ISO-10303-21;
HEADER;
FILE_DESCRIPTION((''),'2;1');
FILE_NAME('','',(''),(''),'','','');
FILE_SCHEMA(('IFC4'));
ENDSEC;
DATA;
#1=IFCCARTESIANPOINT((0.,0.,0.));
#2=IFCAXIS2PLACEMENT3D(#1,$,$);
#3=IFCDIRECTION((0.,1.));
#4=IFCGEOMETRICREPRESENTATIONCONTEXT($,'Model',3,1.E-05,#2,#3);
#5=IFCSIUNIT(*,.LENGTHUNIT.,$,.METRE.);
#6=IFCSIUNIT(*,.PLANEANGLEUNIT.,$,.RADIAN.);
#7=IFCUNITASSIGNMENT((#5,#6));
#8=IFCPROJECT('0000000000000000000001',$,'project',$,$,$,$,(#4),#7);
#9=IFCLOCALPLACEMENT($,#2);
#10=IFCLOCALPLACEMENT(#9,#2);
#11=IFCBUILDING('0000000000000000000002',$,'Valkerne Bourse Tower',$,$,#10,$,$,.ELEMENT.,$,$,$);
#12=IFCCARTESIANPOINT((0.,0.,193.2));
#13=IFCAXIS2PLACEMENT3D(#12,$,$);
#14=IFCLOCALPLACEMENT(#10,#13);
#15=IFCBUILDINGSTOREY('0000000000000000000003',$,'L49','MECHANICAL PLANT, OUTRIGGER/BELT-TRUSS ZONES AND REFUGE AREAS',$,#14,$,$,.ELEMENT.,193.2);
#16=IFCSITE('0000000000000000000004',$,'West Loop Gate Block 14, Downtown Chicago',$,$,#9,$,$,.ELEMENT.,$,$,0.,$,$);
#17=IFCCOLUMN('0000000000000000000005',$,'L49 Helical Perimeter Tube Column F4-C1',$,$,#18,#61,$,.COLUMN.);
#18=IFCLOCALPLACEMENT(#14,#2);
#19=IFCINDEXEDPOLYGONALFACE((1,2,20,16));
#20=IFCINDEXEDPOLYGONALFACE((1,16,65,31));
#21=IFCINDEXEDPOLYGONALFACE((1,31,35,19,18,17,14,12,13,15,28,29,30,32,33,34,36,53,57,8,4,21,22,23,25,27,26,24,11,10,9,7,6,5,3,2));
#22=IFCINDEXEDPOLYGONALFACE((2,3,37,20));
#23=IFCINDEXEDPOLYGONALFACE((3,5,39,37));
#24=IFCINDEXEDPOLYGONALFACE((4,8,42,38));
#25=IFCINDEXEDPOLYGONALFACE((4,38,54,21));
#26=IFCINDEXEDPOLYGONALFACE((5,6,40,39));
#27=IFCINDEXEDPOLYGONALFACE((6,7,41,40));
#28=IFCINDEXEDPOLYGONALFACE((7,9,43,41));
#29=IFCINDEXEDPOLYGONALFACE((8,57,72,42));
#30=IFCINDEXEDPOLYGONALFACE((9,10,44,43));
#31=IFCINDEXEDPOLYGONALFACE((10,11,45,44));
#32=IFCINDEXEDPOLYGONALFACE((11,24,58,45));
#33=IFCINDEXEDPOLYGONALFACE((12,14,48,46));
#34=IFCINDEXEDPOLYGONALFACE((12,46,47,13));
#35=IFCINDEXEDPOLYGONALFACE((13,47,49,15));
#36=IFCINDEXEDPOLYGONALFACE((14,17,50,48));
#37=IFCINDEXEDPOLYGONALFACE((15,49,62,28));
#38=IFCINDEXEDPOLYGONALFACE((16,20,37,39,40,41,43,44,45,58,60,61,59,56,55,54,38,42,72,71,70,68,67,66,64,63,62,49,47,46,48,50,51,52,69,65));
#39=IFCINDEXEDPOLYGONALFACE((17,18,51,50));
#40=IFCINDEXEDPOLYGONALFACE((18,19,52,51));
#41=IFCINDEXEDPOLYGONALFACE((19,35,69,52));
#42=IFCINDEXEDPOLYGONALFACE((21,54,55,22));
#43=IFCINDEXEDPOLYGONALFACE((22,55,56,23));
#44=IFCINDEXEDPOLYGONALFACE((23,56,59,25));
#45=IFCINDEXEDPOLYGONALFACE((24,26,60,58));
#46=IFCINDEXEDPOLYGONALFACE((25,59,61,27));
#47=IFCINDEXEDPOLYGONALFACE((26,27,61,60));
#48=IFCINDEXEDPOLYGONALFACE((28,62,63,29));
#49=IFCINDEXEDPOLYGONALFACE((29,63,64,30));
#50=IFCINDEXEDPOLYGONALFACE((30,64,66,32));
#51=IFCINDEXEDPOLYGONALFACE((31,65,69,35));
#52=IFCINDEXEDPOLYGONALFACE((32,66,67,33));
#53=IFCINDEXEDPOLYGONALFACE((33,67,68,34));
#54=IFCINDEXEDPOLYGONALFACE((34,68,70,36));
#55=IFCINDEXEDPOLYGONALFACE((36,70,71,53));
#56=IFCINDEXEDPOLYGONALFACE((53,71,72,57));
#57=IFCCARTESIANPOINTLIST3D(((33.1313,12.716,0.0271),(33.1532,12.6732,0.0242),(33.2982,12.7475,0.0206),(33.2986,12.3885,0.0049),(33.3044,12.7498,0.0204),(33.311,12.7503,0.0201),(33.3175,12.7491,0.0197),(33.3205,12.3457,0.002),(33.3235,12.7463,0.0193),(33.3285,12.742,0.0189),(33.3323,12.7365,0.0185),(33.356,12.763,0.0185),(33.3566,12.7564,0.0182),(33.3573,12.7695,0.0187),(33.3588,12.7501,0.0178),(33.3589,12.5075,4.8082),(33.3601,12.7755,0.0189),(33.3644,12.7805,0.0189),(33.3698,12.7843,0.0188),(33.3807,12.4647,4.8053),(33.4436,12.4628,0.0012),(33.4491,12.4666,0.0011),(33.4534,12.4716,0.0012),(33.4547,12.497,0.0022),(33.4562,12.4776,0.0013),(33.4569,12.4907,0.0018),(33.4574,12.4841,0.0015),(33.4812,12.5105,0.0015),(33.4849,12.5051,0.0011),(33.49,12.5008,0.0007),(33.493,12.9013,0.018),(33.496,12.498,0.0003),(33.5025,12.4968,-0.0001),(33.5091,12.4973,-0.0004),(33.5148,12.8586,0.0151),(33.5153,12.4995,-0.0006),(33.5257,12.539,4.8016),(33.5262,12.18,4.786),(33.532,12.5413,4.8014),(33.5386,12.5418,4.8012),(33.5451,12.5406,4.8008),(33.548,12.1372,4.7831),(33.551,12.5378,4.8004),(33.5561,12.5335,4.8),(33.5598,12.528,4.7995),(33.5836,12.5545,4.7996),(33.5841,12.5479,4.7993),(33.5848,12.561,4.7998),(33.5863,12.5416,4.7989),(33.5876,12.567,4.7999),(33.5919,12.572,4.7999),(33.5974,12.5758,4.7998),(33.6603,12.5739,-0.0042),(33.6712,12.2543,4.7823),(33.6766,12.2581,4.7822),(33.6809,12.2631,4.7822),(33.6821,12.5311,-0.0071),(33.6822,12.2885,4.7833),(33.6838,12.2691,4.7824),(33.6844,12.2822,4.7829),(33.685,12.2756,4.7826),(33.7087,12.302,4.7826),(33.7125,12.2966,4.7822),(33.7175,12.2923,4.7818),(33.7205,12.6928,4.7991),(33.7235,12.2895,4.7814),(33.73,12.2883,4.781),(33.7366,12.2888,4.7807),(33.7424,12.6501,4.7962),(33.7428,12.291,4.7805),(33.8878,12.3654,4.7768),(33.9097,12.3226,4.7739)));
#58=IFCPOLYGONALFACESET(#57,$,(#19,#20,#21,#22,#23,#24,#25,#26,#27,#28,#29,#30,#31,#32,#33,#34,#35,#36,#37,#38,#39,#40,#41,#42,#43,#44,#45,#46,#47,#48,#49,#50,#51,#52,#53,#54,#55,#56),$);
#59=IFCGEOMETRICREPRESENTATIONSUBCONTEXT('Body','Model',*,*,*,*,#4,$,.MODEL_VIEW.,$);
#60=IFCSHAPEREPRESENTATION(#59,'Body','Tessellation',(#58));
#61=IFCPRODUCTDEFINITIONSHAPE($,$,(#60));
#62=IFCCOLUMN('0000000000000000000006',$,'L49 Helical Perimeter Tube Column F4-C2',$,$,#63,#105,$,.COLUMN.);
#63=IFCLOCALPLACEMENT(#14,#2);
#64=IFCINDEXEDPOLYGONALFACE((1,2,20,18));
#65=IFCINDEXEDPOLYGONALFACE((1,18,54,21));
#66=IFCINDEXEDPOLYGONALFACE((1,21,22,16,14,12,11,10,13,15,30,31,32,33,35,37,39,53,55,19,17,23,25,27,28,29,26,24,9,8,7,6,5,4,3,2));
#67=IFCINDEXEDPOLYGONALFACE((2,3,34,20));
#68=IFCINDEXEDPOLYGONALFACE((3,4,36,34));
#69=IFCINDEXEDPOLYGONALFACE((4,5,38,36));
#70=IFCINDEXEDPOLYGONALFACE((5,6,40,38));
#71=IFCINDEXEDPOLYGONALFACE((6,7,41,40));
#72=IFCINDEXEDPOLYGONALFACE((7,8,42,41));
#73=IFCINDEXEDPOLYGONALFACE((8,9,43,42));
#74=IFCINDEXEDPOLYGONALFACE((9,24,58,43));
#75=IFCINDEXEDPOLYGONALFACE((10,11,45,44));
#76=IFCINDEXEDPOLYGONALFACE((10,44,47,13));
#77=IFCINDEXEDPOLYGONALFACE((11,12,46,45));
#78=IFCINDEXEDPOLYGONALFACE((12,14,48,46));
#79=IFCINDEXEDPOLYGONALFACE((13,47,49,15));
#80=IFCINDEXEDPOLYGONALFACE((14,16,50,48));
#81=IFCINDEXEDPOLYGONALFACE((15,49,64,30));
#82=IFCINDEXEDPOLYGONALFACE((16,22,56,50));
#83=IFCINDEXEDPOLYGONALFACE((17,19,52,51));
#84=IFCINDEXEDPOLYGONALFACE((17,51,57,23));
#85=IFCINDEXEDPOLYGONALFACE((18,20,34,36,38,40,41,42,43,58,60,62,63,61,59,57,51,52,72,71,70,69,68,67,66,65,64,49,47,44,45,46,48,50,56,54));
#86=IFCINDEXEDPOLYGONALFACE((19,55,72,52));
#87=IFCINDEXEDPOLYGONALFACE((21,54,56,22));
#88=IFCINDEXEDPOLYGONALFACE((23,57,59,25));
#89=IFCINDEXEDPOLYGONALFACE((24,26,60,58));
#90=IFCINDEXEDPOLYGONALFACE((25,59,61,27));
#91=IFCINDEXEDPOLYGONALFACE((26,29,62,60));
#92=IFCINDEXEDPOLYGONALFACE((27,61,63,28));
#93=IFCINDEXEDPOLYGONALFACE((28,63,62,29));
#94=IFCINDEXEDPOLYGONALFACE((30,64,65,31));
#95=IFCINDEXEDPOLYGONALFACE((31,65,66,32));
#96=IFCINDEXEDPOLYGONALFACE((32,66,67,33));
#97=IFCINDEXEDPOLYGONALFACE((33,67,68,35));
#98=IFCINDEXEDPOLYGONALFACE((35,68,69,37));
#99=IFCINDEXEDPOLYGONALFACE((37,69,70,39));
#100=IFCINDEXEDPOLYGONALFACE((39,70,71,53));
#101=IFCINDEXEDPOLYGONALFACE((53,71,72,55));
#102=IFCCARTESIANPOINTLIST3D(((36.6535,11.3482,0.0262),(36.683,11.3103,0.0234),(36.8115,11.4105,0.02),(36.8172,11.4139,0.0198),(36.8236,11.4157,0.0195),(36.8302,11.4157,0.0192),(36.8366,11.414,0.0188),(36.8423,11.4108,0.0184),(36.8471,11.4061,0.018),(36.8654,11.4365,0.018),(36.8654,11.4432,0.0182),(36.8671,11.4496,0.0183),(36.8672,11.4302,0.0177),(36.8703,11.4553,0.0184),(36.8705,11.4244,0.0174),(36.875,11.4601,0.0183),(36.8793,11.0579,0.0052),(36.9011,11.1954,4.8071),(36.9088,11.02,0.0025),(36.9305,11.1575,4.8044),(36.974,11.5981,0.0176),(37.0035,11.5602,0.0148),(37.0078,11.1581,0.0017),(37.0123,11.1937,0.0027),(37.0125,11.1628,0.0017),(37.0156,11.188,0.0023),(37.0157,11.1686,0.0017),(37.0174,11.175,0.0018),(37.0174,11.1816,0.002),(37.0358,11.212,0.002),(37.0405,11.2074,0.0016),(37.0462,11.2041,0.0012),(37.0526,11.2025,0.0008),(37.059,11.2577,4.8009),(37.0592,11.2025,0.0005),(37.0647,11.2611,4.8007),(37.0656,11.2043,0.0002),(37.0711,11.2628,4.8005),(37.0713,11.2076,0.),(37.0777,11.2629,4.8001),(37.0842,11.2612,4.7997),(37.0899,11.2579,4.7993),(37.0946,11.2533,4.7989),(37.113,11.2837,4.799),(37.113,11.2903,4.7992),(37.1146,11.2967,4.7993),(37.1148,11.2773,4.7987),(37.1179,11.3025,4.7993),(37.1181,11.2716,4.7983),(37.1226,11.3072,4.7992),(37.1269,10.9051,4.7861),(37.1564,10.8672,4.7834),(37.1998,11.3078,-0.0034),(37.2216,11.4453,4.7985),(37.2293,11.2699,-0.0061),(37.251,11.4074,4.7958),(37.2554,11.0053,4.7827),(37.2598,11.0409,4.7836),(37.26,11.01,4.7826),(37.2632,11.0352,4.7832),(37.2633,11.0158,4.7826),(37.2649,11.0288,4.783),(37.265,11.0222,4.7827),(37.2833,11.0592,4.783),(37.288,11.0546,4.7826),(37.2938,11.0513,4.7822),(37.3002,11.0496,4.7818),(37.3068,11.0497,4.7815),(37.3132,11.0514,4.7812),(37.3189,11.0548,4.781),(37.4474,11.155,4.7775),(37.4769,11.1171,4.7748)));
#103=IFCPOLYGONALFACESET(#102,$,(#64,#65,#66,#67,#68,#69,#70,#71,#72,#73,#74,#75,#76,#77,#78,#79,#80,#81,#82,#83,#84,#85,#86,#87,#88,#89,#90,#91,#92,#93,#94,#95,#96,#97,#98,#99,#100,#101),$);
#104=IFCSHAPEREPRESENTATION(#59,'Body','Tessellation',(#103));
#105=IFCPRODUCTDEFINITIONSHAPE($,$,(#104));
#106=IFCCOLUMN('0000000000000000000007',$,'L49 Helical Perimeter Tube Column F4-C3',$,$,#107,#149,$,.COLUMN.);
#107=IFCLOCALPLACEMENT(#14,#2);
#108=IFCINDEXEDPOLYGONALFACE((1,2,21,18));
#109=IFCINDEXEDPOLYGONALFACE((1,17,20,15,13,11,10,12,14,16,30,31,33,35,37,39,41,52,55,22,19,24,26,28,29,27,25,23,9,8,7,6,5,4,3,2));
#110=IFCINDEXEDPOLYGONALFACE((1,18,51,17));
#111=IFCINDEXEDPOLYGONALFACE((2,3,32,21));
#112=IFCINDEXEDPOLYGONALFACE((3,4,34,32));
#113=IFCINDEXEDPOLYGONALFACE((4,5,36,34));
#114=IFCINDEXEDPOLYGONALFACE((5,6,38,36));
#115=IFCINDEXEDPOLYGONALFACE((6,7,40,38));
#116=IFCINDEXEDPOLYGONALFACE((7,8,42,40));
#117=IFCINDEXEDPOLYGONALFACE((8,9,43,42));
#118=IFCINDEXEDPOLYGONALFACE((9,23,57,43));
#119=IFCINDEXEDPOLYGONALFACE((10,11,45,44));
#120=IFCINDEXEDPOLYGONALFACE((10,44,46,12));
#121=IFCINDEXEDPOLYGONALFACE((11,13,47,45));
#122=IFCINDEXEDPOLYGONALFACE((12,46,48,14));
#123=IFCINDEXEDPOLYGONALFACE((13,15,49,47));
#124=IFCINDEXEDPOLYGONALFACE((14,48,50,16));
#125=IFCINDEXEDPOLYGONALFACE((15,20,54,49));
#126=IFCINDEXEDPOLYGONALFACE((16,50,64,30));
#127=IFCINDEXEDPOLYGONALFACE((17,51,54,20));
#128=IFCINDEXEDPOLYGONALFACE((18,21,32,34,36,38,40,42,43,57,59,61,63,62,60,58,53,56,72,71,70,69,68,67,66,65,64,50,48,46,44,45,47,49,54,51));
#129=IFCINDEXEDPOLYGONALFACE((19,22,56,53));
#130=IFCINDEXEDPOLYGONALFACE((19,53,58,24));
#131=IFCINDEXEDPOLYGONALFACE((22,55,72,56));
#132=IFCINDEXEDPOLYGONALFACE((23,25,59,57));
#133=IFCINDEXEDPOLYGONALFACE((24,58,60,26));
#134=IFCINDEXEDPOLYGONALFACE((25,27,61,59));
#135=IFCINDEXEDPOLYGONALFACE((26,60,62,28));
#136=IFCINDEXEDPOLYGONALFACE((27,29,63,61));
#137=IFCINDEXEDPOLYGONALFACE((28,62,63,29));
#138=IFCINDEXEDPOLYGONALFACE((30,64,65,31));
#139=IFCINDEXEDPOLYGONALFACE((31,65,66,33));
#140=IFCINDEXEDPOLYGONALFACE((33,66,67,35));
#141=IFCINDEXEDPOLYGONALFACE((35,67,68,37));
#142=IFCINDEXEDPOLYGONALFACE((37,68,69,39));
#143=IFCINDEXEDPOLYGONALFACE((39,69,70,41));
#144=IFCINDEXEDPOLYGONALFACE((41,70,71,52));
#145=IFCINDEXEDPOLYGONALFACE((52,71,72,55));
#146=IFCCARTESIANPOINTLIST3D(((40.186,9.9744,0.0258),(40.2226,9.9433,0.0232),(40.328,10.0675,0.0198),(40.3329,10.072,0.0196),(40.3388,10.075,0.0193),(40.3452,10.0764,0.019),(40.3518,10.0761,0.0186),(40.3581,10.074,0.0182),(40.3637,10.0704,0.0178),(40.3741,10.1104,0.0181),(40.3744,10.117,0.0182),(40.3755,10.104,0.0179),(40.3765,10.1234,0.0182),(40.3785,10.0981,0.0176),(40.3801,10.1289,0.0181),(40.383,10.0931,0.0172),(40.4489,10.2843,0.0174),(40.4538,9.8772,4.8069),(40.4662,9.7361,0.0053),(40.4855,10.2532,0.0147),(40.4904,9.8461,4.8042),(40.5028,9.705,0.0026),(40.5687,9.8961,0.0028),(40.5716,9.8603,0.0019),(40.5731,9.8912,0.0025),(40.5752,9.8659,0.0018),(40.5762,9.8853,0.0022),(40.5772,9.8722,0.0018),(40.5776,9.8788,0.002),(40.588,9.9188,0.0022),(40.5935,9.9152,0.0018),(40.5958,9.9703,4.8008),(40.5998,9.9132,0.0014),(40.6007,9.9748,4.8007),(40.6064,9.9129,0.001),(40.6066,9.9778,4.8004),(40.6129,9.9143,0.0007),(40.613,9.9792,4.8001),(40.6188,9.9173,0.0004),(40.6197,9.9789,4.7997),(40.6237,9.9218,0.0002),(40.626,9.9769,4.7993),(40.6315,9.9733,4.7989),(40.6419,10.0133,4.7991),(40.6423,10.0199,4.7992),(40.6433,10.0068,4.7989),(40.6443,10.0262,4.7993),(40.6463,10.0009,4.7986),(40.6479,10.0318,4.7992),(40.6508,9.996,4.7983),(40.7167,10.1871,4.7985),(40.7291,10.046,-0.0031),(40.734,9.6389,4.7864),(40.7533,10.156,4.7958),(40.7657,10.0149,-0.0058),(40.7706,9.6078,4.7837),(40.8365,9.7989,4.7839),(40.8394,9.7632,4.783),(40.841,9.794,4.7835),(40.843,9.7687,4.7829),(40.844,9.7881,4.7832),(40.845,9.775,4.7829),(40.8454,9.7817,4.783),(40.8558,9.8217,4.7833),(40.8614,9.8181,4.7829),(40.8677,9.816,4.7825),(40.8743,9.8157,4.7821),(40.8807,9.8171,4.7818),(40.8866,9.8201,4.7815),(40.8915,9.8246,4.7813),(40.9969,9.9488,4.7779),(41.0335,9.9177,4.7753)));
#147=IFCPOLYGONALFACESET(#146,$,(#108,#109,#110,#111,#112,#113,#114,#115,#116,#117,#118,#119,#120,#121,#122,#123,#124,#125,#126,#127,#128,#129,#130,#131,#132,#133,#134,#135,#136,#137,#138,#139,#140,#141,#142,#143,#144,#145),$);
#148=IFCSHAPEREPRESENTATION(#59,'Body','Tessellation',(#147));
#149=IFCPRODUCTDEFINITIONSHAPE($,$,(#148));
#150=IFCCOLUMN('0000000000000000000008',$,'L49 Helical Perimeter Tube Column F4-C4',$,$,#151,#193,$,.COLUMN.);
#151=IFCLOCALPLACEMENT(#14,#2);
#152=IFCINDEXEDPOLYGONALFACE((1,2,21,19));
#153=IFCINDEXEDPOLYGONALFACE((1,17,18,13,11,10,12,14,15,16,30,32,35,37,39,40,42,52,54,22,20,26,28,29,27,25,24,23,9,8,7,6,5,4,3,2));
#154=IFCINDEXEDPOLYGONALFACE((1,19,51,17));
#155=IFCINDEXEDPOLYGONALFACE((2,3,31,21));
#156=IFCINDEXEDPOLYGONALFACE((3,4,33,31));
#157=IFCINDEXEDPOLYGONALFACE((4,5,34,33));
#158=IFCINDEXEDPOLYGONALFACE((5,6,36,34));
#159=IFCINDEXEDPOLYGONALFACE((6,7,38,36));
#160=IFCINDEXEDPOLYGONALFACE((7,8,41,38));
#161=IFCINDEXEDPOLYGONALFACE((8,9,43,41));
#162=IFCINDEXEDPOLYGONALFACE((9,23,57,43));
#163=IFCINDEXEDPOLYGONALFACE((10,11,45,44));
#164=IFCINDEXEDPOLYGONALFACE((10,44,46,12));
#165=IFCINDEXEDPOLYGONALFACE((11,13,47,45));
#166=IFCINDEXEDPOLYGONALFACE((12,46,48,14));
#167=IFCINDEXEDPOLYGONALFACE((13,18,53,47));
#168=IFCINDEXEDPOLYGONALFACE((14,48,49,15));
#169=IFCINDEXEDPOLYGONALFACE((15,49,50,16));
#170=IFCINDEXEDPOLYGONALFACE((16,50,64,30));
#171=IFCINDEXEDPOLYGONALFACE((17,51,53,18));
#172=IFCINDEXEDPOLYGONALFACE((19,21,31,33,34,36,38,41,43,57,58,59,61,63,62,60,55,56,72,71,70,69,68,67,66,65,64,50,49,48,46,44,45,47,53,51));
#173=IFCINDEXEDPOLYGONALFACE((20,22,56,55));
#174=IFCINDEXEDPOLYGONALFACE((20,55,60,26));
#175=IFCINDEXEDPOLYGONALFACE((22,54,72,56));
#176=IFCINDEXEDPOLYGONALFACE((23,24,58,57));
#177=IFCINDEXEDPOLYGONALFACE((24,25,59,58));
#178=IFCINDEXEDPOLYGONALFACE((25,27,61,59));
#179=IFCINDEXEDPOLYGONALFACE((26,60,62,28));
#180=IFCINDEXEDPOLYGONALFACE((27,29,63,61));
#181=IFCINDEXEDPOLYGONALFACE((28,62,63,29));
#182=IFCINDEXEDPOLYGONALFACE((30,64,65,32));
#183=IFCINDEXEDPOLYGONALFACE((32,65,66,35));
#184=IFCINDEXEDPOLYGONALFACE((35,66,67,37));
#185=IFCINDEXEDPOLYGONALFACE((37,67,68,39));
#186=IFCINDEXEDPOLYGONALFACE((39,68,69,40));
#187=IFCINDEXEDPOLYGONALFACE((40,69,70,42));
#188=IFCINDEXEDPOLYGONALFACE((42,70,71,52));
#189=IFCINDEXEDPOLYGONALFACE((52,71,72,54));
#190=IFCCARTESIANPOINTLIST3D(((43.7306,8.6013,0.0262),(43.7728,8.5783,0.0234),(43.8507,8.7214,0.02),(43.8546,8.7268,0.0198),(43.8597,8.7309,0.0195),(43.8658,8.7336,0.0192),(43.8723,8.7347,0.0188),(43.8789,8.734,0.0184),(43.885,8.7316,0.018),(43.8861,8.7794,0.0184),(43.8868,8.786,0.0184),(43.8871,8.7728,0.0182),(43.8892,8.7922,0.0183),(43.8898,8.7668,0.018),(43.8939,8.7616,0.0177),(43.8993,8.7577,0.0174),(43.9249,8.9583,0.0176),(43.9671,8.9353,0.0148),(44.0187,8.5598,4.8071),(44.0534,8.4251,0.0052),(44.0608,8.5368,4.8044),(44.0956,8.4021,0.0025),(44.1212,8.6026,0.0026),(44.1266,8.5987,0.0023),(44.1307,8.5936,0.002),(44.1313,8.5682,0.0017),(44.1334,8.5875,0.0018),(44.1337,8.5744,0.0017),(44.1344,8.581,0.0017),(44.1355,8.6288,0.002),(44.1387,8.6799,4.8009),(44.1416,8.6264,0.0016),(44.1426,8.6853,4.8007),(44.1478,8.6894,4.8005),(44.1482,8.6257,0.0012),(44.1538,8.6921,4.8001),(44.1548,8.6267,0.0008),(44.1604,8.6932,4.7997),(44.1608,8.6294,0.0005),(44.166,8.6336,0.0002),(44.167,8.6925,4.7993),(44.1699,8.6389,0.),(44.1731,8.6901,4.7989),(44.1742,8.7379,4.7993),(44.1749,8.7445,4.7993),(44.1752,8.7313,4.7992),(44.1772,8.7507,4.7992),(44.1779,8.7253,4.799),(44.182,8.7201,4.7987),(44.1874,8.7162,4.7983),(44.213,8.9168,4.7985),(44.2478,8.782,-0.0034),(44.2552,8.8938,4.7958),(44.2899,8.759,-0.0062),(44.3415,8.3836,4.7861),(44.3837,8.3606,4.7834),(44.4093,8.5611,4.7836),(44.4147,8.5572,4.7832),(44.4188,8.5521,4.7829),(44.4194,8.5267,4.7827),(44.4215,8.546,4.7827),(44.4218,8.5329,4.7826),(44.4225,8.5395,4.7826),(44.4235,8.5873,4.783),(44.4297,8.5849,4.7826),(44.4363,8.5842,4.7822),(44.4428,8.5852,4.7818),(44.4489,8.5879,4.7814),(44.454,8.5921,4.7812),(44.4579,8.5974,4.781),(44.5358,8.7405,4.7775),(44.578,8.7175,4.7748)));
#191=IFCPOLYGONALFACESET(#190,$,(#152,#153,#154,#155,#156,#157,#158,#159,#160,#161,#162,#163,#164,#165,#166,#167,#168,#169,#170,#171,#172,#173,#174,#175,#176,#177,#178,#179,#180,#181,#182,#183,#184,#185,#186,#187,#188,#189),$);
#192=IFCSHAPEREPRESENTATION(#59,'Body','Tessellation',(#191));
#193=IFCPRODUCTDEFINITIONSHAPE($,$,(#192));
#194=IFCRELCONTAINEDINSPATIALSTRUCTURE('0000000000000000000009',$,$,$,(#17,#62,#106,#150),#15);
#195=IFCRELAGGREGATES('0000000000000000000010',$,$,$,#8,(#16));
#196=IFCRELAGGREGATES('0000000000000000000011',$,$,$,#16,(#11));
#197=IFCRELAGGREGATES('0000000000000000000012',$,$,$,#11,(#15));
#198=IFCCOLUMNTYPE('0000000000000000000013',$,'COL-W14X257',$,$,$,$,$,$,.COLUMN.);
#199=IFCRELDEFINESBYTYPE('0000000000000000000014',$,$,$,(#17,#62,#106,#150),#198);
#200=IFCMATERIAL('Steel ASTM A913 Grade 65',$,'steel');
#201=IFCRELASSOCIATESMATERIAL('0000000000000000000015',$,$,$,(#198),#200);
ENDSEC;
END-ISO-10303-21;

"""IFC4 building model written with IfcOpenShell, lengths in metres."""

from ifc_helpers import new_model, si_unit, direction, frame, origin, origin_2d, place, context, subcontext, project, spatial, i_section, extrude, material, material_profile, profile_set, type_object, element, save


model = new_model("IFC4")

# Units and contexts
model_context = context("Model", 3, precision=1e-05, world=origin(), true_north=direction((0.0, 1.0)))
body_context = subcontext(model_context, "Body", "Model", "MODEL_VIEW")
ifc_project = project(units=[si_unit("LENGTHUNIT", "METRE"), si_unit("PLANEANGLEUNIT", "RADIAN")], contexts=[model_context])

# Site, building, storey
site_placement = place(None, origin())
site = spatial("IfcSite", under=ifc_project, at=site_placement, Name="West Loop Gate Block 14, Downtown Chicago", CompositionType="ELEMENT", RefElevation=0.0)
building_placement = place(site_placement, origin())
building = spatial("IfcBuilding", under=site, at=building_placement, Name="Valkerne Bourse Tower", CompositionType="ELEMENT")
storey_placement = place(building_placement, frame((0.0, 0.0, 193.2)))
storey = spatial("IfcBuildingStorey", under=building, at=storey_placement, Name="L49", Description="MECHANICAL PLANT, OUTRIGGER/BELT-TRUSS ZONES AND REFUGE AREAS", CompositionType="ELEMENT", Elevation=193.2)

# Columns
ifc_material_1 = material(Name="Steel ASTM A913 Grade 65", Category="steel")
ifc_material_profile_1 = material_profile(ifc_material_1, i_section(OverallWidth=0.4065, OverallDepth=0.4165, WebThickness=0.0298, FlangeThickness=0.0481, FilletRadius=0.0254, at=origin_2d()), Name="W14X257")
ifc_profile_set_1 = profile_set([ifc_material_profile_1], Name="Steel ASTM A913 Grade 65")
column_type = type_object("IfcColumnType", Name="COL-W14X257", PredefinedType="COLUMN", material=ifc_profile_set_1)
column_1_placement = place(storey_placement, frame((33.4067, 12.6235, 0.01), z_axis=(0.047493, -0.043519, 0.997923), x_axis=(0.889674, 0.456045, -0.022454)))
element("IfcColumn", 1, at=column_1_placement, inside=storey, type_object=column_type, Name="L49 Helical Perimeter Tube Column F4-C1", PredefinedType="COLUMN", context=body_context, shape_type="SweptSolid", body=[
    extrude(i_section(OverallWidth=0.4065, OverallDepth=0.4165, WebThickness=0.0298, FlangeThickness=0.0481, FilletRadius=0.0254, at=origin_2d()), origin(), (0.0, 0.0, 1.0), 4.791),
])
column_2_placement = place(storey_placement, frame((36.9414, 11.3091, 0.01), z_axis=(0.051684, -0.031907, 0.998154), x_axis=(0.788423, 0.614769, -0.021172)))
element("IfcColumn", 2, at=column_2_placement, inside=storey, type_object=column_type, Name="L49 Helical Perimeter Tube Column F4-C2", PredefinedType="COLUMN", context=body_context, shape_type="SweptSolid", body=[
    extrude(i_section(OverallWidth=0.4065, OverallDepth=0.4165, WebThickness=0.0298, FlangeThickness=0.0481, FilletRadius=0.0254, at=origin_2d()), origin(), (0.0, 0.0, 1.0), 4.7898),
])
column_3_placement = place(storey_placement, frame((40.4758, 9.9946, 0.01), z_axis=(0.055919, -0.020288, 0.998229), x_axis=(0.646757, 0.762414, -0.020735)))
element("IfcColumn", 3, at=column_3_placement, inside=storey, type_object=column_type, Name="L49 Helical Perimeter Tube Column F4-C3", PredefinedType="COLUMN", context=body_context, shape_type="SweptSolid", body=[
    extrude(i_section(OverallWidth=0.4065, OverallDepth=0.4165, WebThickness=0.0298, FlangeThickness=0.0481, FilletRadius=0.0254, at=origin_2d()), origin(), (0.0, 0.0, 1.0), 4.7896),
])
column_4_placement = place(storey_placement, frame((44.0103, 8.6802, 0.01), z_axis=(0.060145, -0.008665, 0.998152), x_axis=(0.478025, 0.878091, -0.021181)))
element("IfcColumn", 4, at=column_4_placement, inside=storey, type_object=column_type, Name="L49 Helical Perimeter Tube Column F4-C4", PredefinedType="COLUMN", context=body_context, shape_type="SweptSolid", body=[
    extrude(i_section(OverallWidth=0.4065, OverallDepth=0.4165, WebThickness=0.0298, FlangeThickness=0.0481, FilletRadius=0.0254, at=origin_2d()), origin(), (0.0, 0.0, 1.0), 4.7898),
])

save(model, "model.ifc")
